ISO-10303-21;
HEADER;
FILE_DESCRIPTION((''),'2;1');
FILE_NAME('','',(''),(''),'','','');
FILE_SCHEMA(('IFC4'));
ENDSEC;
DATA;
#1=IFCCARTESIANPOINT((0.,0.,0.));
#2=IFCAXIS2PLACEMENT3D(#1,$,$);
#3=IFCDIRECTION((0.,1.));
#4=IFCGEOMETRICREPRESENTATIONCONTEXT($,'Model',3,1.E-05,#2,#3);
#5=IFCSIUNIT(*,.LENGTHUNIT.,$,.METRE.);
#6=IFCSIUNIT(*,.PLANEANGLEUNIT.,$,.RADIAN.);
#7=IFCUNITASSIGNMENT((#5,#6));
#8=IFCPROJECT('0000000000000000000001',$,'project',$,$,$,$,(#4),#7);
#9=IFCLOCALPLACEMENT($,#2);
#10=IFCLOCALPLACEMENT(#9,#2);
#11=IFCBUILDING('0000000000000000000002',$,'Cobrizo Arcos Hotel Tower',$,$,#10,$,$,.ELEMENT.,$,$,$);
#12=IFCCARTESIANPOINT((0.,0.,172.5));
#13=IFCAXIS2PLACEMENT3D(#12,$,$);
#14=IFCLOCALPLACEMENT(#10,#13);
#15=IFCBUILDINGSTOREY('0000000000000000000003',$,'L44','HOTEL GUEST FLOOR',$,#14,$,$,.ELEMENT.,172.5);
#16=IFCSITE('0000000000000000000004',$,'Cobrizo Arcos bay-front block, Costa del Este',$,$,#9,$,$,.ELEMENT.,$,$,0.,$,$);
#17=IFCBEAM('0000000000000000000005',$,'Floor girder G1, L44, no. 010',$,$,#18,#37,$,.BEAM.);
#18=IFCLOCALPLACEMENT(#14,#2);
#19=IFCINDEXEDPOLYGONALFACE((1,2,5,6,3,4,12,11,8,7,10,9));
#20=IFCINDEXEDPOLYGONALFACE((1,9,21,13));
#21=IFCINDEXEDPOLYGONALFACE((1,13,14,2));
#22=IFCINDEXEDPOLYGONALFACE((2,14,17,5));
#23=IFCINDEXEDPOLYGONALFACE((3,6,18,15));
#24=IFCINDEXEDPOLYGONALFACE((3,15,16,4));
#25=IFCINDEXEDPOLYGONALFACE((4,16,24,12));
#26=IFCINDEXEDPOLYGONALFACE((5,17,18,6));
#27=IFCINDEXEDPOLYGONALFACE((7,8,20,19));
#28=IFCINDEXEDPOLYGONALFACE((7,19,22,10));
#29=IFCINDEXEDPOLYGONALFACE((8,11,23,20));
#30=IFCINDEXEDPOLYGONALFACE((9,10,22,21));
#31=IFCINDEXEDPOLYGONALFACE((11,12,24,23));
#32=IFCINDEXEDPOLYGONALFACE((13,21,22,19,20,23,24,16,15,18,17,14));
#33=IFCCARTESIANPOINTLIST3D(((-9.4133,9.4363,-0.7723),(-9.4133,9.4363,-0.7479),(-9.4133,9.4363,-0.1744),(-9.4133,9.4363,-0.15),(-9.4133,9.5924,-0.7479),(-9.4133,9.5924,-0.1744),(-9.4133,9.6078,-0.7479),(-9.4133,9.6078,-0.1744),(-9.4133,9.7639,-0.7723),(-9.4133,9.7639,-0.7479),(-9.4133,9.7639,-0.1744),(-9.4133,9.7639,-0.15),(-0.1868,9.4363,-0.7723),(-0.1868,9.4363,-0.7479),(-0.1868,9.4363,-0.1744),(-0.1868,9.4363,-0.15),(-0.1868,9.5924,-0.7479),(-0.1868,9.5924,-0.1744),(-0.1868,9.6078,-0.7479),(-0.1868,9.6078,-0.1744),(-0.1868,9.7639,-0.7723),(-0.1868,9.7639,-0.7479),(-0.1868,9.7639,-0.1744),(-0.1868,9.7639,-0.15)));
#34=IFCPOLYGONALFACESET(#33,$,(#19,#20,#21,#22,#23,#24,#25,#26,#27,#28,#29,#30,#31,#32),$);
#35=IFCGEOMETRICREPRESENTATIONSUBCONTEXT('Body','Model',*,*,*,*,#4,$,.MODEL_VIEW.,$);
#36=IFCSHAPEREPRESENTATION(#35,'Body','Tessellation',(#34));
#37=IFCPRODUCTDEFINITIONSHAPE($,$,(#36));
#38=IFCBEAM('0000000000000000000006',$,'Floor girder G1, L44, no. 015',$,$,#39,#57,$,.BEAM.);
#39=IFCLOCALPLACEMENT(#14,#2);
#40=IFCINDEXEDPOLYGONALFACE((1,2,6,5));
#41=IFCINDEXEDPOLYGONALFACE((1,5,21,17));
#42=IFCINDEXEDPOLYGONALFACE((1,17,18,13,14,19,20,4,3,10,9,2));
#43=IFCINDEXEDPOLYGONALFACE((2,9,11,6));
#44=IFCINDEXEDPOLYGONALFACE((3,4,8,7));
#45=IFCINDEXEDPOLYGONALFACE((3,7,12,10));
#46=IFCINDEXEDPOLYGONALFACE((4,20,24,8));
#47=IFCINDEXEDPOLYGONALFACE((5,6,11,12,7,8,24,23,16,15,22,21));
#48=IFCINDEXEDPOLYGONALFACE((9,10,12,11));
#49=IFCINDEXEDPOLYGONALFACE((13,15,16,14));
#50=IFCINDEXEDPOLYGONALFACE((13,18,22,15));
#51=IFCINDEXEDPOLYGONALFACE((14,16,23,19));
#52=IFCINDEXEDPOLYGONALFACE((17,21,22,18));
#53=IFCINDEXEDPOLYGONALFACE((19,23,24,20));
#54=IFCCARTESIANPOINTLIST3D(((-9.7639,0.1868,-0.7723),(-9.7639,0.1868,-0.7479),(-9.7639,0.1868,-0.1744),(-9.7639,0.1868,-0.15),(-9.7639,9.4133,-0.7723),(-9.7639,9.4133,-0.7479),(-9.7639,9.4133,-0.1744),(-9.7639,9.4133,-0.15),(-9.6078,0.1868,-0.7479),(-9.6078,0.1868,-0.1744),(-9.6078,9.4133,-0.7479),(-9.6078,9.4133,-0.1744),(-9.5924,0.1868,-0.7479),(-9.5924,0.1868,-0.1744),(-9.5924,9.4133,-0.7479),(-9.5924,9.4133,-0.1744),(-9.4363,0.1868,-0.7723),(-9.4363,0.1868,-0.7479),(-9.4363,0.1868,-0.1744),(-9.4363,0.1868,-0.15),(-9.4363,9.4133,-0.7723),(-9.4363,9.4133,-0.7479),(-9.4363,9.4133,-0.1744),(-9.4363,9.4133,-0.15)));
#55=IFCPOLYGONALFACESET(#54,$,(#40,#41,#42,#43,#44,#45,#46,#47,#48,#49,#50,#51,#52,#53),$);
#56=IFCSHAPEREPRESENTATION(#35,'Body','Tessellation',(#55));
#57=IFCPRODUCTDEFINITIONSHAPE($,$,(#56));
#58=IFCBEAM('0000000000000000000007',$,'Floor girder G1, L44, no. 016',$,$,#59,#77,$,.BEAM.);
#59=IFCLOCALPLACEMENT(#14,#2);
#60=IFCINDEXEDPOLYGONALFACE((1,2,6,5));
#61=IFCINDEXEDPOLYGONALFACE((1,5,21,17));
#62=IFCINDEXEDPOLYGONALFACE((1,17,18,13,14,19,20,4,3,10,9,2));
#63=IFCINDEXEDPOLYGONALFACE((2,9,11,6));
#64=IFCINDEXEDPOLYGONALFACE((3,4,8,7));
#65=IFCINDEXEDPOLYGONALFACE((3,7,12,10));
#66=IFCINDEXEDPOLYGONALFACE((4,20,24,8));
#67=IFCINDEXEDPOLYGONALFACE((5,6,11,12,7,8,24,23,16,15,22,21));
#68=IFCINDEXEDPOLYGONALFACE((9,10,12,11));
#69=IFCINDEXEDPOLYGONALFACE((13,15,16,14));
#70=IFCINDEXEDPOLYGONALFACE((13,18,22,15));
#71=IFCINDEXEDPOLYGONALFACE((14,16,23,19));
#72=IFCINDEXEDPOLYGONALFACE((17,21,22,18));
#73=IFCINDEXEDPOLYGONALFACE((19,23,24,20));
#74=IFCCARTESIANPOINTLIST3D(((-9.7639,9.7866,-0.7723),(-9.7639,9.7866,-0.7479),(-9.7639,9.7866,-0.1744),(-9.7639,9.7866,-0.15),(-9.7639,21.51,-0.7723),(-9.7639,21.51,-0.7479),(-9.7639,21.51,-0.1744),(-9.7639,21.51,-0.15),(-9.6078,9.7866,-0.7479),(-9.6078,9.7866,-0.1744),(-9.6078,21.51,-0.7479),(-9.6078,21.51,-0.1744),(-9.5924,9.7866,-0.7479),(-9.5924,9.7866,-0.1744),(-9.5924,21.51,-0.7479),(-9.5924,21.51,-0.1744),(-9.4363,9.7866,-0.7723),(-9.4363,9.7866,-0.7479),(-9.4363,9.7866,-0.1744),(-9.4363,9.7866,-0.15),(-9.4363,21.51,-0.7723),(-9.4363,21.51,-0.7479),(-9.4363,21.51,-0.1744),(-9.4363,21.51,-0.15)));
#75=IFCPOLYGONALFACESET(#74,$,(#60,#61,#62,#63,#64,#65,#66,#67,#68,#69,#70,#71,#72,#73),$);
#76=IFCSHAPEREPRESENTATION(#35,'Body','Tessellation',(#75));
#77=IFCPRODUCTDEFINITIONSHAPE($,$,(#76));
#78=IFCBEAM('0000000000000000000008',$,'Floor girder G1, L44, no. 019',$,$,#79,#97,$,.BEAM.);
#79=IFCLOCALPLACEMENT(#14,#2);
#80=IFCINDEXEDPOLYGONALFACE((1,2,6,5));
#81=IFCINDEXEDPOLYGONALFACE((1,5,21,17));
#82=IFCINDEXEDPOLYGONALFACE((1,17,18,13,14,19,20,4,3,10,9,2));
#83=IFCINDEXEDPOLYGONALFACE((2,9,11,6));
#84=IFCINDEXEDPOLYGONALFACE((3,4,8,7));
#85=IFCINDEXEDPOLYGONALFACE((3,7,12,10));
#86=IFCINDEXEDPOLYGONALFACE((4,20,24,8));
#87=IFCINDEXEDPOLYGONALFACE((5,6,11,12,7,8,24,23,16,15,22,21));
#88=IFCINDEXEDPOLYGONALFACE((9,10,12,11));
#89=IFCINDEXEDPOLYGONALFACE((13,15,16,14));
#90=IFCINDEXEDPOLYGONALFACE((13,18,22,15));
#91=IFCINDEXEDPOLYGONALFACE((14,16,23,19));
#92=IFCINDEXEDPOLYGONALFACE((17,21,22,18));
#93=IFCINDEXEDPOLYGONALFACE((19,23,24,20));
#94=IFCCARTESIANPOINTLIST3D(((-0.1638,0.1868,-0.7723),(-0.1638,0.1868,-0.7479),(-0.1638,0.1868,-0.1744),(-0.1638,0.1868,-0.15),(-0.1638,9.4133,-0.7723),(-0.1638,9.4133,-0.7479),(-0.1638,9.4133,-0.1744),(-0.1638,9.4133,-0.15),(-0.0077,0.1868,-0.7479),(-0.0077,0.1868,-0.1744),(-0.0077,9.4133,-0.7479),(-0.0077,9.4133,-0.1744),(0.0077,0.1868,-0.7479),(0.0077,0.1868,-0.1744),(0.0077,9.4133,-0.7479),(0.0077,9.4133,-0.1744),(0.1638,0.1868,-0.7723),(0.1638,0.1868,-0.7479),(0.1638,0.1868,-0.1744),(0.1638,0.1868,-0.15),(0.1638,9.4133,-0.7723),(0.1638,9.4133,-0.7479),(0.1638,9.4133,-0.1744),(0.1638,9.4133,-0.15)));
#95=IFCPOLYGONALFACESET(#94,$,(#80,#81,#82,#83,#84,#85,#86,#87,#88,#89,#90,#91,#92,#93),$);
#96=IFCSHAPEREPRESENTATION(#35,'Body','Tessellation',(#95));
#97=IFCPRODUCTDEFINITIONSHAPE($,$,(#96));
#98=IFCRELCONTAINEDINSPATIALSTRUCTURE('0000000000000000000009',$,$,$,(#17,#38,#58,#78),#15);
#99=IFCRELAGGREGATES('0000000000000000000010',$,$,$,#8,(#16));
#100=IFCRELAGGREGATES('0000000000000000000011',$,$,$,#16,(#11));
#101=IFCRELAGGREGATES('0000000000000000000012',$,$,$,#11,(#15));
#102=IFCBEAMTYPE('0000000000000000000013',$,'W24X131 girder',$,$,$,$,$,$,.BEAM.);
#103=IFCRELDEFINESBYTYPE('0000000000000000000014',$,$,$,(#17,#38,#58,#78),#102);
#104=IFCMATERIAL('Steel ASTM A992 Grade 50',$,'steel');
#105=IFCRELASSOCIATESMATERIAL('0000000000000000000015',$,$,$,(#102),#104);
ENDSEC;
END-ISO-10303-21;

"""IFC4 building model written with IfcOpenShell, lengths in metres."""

from ifc_helpers import new_model, si_unit, direction, frame, origin, origin_2d, place, context, subcontext, project, spatial, i_section, extrude, material, material_profile, profile_set, type_object, element, save


model = new_model("IFC4")

# Units and contexts
model_context = context("Model", 3, precision=1e-05, world=origin(), true_north=direction((0.0, 1.0)))
body_context = subcontext(model_context, "Body", "Model", "MODEL_VIEW")
ifc_project = project(units=[si_unit("LENGTHUNIT", "METRE"), si_unit("PLANEANGLEUNIT", "RADIAN")], contexts=[model_context])

# Site, building, storey
site_placement = place(None, origin())
site = spatial("IfcSite", under=ifc_project, at=site_placement, Name="Cobrizo Arcos bay-front block, Costa del Este", CompositionType="ELEMENT", RefElevation=0.0)
building_placement = place(site_placement, origin())
building = spatial("IfcBuilding", under=site, at=building_placement, Name="Cobrizo Arcos Hotel Tower", CompositionType="ELEMENT")
storey_placement = place(building_placement, frame((0.0, 0.0, 172.5)))
storey = spatial("IfcBuildingStorey", under=building, at=storey_placement, Name="L44", Description="HOTEL GUEST FLOOR", CompositionType="ELEMENT", Elevation=172.5)

# Shared definitions
ifc_material_1 = material(Name="Steel ASTM A992 Grade 50", Category="steel")

# Beams
ifc_material_profile_1 = material_profile(ifc_material_1, i_section(OverallWidth=0.3276, OverallDepth=0.6223, WebThickness=0.0154, FlangeThickness=0.0244, at=origin_2d()), Name="W24X131")
ifc_profile_set_1 = profile_set([ifc_material_profile_1], Name="Steel ASTM A992 Grade 50")
beam_type_1 = type_object("IfcBeamType", Name="W24X131 girder", PredefinedType="BEAM", material=ifc_profile_set_1)
for number, where, z_axis, x_axis, name in (
    (1, (-9.4133, 9.6001, -0.4612), (1.0, 0.0, 0.0), (0.0, 1.0, 0.0), "Floor girder G1, L44, no. 010"),
    (2, (-9.6001, 0.1868, -0.4612), (0.0, 1.0, 0.0), (-1.0, 0.0, 0.0), "Floor girder G1, L44, no. 015"),
):
    element("IfcBeam", number, at=place(storey_placement, frame(where, z_axis=z_axis, x_axis=x_axis)), inside=storey, type_object=beam_type_1, Name=name, PredefinedType="BEAM", context=body_context, shape_type="SweptSolid", body=[
        extrude(i_section(OverallWidth=0.3276, OverallDepth=0.6223, WebThickness=0.0154, FlangeThickness=0.0244, at=origin_2d()), origin(), (0.0, 0.0, 1.0), 9.2266),
    ])
beam_1_placement = place(storey_placement, frame((-9.6001, 9.7866, -0.4612), z_axis=(0.0, 1.0, 0.0), x_axis=(-1.0, 0.0, 0.0)))
element("IfcBeam", 3, at=beam_1_placement, inside=storey, type_object=beam_type_1, Name="Floor girder G1, L44, no. 016", PredefinedType="BEAM", context=body_context, shape_type="SweptSolid", body=[
    extrude(i_section(OverallWidth=0.3276, OverallDepth=0.6223, WebThickness=0.0154, FlangeThickness=0.0244, at=origin_2d()), origin(), (0.0, 0.0, 1.0), 11.7234),
])
beam_2_placement = place(storey_placement, frame((0.0, 0.1868, -0.4612), z_axis=(0.0, 1.0, 0.0), x_axis=(-1.0, 0.0, 0.0)))
element("IfcBeam", 4, at=beam_2_placement, inside=storey, type_object=beam_type_1, Name="Floor girder G1, L44, no. 019", PredefinedType="BEAM", context=body_context, shape_type="SweptSolid", body=[
    extrude(i_section(OverallWidth=0.3276, OverallDepth=0.6223, WebThickness=0.0154, FlangeThickness=0.0244, at=origin_2d()), origin(), (0.0, 0.0, 1.0), 9.2266),
])

save(model, "model.ifc")
